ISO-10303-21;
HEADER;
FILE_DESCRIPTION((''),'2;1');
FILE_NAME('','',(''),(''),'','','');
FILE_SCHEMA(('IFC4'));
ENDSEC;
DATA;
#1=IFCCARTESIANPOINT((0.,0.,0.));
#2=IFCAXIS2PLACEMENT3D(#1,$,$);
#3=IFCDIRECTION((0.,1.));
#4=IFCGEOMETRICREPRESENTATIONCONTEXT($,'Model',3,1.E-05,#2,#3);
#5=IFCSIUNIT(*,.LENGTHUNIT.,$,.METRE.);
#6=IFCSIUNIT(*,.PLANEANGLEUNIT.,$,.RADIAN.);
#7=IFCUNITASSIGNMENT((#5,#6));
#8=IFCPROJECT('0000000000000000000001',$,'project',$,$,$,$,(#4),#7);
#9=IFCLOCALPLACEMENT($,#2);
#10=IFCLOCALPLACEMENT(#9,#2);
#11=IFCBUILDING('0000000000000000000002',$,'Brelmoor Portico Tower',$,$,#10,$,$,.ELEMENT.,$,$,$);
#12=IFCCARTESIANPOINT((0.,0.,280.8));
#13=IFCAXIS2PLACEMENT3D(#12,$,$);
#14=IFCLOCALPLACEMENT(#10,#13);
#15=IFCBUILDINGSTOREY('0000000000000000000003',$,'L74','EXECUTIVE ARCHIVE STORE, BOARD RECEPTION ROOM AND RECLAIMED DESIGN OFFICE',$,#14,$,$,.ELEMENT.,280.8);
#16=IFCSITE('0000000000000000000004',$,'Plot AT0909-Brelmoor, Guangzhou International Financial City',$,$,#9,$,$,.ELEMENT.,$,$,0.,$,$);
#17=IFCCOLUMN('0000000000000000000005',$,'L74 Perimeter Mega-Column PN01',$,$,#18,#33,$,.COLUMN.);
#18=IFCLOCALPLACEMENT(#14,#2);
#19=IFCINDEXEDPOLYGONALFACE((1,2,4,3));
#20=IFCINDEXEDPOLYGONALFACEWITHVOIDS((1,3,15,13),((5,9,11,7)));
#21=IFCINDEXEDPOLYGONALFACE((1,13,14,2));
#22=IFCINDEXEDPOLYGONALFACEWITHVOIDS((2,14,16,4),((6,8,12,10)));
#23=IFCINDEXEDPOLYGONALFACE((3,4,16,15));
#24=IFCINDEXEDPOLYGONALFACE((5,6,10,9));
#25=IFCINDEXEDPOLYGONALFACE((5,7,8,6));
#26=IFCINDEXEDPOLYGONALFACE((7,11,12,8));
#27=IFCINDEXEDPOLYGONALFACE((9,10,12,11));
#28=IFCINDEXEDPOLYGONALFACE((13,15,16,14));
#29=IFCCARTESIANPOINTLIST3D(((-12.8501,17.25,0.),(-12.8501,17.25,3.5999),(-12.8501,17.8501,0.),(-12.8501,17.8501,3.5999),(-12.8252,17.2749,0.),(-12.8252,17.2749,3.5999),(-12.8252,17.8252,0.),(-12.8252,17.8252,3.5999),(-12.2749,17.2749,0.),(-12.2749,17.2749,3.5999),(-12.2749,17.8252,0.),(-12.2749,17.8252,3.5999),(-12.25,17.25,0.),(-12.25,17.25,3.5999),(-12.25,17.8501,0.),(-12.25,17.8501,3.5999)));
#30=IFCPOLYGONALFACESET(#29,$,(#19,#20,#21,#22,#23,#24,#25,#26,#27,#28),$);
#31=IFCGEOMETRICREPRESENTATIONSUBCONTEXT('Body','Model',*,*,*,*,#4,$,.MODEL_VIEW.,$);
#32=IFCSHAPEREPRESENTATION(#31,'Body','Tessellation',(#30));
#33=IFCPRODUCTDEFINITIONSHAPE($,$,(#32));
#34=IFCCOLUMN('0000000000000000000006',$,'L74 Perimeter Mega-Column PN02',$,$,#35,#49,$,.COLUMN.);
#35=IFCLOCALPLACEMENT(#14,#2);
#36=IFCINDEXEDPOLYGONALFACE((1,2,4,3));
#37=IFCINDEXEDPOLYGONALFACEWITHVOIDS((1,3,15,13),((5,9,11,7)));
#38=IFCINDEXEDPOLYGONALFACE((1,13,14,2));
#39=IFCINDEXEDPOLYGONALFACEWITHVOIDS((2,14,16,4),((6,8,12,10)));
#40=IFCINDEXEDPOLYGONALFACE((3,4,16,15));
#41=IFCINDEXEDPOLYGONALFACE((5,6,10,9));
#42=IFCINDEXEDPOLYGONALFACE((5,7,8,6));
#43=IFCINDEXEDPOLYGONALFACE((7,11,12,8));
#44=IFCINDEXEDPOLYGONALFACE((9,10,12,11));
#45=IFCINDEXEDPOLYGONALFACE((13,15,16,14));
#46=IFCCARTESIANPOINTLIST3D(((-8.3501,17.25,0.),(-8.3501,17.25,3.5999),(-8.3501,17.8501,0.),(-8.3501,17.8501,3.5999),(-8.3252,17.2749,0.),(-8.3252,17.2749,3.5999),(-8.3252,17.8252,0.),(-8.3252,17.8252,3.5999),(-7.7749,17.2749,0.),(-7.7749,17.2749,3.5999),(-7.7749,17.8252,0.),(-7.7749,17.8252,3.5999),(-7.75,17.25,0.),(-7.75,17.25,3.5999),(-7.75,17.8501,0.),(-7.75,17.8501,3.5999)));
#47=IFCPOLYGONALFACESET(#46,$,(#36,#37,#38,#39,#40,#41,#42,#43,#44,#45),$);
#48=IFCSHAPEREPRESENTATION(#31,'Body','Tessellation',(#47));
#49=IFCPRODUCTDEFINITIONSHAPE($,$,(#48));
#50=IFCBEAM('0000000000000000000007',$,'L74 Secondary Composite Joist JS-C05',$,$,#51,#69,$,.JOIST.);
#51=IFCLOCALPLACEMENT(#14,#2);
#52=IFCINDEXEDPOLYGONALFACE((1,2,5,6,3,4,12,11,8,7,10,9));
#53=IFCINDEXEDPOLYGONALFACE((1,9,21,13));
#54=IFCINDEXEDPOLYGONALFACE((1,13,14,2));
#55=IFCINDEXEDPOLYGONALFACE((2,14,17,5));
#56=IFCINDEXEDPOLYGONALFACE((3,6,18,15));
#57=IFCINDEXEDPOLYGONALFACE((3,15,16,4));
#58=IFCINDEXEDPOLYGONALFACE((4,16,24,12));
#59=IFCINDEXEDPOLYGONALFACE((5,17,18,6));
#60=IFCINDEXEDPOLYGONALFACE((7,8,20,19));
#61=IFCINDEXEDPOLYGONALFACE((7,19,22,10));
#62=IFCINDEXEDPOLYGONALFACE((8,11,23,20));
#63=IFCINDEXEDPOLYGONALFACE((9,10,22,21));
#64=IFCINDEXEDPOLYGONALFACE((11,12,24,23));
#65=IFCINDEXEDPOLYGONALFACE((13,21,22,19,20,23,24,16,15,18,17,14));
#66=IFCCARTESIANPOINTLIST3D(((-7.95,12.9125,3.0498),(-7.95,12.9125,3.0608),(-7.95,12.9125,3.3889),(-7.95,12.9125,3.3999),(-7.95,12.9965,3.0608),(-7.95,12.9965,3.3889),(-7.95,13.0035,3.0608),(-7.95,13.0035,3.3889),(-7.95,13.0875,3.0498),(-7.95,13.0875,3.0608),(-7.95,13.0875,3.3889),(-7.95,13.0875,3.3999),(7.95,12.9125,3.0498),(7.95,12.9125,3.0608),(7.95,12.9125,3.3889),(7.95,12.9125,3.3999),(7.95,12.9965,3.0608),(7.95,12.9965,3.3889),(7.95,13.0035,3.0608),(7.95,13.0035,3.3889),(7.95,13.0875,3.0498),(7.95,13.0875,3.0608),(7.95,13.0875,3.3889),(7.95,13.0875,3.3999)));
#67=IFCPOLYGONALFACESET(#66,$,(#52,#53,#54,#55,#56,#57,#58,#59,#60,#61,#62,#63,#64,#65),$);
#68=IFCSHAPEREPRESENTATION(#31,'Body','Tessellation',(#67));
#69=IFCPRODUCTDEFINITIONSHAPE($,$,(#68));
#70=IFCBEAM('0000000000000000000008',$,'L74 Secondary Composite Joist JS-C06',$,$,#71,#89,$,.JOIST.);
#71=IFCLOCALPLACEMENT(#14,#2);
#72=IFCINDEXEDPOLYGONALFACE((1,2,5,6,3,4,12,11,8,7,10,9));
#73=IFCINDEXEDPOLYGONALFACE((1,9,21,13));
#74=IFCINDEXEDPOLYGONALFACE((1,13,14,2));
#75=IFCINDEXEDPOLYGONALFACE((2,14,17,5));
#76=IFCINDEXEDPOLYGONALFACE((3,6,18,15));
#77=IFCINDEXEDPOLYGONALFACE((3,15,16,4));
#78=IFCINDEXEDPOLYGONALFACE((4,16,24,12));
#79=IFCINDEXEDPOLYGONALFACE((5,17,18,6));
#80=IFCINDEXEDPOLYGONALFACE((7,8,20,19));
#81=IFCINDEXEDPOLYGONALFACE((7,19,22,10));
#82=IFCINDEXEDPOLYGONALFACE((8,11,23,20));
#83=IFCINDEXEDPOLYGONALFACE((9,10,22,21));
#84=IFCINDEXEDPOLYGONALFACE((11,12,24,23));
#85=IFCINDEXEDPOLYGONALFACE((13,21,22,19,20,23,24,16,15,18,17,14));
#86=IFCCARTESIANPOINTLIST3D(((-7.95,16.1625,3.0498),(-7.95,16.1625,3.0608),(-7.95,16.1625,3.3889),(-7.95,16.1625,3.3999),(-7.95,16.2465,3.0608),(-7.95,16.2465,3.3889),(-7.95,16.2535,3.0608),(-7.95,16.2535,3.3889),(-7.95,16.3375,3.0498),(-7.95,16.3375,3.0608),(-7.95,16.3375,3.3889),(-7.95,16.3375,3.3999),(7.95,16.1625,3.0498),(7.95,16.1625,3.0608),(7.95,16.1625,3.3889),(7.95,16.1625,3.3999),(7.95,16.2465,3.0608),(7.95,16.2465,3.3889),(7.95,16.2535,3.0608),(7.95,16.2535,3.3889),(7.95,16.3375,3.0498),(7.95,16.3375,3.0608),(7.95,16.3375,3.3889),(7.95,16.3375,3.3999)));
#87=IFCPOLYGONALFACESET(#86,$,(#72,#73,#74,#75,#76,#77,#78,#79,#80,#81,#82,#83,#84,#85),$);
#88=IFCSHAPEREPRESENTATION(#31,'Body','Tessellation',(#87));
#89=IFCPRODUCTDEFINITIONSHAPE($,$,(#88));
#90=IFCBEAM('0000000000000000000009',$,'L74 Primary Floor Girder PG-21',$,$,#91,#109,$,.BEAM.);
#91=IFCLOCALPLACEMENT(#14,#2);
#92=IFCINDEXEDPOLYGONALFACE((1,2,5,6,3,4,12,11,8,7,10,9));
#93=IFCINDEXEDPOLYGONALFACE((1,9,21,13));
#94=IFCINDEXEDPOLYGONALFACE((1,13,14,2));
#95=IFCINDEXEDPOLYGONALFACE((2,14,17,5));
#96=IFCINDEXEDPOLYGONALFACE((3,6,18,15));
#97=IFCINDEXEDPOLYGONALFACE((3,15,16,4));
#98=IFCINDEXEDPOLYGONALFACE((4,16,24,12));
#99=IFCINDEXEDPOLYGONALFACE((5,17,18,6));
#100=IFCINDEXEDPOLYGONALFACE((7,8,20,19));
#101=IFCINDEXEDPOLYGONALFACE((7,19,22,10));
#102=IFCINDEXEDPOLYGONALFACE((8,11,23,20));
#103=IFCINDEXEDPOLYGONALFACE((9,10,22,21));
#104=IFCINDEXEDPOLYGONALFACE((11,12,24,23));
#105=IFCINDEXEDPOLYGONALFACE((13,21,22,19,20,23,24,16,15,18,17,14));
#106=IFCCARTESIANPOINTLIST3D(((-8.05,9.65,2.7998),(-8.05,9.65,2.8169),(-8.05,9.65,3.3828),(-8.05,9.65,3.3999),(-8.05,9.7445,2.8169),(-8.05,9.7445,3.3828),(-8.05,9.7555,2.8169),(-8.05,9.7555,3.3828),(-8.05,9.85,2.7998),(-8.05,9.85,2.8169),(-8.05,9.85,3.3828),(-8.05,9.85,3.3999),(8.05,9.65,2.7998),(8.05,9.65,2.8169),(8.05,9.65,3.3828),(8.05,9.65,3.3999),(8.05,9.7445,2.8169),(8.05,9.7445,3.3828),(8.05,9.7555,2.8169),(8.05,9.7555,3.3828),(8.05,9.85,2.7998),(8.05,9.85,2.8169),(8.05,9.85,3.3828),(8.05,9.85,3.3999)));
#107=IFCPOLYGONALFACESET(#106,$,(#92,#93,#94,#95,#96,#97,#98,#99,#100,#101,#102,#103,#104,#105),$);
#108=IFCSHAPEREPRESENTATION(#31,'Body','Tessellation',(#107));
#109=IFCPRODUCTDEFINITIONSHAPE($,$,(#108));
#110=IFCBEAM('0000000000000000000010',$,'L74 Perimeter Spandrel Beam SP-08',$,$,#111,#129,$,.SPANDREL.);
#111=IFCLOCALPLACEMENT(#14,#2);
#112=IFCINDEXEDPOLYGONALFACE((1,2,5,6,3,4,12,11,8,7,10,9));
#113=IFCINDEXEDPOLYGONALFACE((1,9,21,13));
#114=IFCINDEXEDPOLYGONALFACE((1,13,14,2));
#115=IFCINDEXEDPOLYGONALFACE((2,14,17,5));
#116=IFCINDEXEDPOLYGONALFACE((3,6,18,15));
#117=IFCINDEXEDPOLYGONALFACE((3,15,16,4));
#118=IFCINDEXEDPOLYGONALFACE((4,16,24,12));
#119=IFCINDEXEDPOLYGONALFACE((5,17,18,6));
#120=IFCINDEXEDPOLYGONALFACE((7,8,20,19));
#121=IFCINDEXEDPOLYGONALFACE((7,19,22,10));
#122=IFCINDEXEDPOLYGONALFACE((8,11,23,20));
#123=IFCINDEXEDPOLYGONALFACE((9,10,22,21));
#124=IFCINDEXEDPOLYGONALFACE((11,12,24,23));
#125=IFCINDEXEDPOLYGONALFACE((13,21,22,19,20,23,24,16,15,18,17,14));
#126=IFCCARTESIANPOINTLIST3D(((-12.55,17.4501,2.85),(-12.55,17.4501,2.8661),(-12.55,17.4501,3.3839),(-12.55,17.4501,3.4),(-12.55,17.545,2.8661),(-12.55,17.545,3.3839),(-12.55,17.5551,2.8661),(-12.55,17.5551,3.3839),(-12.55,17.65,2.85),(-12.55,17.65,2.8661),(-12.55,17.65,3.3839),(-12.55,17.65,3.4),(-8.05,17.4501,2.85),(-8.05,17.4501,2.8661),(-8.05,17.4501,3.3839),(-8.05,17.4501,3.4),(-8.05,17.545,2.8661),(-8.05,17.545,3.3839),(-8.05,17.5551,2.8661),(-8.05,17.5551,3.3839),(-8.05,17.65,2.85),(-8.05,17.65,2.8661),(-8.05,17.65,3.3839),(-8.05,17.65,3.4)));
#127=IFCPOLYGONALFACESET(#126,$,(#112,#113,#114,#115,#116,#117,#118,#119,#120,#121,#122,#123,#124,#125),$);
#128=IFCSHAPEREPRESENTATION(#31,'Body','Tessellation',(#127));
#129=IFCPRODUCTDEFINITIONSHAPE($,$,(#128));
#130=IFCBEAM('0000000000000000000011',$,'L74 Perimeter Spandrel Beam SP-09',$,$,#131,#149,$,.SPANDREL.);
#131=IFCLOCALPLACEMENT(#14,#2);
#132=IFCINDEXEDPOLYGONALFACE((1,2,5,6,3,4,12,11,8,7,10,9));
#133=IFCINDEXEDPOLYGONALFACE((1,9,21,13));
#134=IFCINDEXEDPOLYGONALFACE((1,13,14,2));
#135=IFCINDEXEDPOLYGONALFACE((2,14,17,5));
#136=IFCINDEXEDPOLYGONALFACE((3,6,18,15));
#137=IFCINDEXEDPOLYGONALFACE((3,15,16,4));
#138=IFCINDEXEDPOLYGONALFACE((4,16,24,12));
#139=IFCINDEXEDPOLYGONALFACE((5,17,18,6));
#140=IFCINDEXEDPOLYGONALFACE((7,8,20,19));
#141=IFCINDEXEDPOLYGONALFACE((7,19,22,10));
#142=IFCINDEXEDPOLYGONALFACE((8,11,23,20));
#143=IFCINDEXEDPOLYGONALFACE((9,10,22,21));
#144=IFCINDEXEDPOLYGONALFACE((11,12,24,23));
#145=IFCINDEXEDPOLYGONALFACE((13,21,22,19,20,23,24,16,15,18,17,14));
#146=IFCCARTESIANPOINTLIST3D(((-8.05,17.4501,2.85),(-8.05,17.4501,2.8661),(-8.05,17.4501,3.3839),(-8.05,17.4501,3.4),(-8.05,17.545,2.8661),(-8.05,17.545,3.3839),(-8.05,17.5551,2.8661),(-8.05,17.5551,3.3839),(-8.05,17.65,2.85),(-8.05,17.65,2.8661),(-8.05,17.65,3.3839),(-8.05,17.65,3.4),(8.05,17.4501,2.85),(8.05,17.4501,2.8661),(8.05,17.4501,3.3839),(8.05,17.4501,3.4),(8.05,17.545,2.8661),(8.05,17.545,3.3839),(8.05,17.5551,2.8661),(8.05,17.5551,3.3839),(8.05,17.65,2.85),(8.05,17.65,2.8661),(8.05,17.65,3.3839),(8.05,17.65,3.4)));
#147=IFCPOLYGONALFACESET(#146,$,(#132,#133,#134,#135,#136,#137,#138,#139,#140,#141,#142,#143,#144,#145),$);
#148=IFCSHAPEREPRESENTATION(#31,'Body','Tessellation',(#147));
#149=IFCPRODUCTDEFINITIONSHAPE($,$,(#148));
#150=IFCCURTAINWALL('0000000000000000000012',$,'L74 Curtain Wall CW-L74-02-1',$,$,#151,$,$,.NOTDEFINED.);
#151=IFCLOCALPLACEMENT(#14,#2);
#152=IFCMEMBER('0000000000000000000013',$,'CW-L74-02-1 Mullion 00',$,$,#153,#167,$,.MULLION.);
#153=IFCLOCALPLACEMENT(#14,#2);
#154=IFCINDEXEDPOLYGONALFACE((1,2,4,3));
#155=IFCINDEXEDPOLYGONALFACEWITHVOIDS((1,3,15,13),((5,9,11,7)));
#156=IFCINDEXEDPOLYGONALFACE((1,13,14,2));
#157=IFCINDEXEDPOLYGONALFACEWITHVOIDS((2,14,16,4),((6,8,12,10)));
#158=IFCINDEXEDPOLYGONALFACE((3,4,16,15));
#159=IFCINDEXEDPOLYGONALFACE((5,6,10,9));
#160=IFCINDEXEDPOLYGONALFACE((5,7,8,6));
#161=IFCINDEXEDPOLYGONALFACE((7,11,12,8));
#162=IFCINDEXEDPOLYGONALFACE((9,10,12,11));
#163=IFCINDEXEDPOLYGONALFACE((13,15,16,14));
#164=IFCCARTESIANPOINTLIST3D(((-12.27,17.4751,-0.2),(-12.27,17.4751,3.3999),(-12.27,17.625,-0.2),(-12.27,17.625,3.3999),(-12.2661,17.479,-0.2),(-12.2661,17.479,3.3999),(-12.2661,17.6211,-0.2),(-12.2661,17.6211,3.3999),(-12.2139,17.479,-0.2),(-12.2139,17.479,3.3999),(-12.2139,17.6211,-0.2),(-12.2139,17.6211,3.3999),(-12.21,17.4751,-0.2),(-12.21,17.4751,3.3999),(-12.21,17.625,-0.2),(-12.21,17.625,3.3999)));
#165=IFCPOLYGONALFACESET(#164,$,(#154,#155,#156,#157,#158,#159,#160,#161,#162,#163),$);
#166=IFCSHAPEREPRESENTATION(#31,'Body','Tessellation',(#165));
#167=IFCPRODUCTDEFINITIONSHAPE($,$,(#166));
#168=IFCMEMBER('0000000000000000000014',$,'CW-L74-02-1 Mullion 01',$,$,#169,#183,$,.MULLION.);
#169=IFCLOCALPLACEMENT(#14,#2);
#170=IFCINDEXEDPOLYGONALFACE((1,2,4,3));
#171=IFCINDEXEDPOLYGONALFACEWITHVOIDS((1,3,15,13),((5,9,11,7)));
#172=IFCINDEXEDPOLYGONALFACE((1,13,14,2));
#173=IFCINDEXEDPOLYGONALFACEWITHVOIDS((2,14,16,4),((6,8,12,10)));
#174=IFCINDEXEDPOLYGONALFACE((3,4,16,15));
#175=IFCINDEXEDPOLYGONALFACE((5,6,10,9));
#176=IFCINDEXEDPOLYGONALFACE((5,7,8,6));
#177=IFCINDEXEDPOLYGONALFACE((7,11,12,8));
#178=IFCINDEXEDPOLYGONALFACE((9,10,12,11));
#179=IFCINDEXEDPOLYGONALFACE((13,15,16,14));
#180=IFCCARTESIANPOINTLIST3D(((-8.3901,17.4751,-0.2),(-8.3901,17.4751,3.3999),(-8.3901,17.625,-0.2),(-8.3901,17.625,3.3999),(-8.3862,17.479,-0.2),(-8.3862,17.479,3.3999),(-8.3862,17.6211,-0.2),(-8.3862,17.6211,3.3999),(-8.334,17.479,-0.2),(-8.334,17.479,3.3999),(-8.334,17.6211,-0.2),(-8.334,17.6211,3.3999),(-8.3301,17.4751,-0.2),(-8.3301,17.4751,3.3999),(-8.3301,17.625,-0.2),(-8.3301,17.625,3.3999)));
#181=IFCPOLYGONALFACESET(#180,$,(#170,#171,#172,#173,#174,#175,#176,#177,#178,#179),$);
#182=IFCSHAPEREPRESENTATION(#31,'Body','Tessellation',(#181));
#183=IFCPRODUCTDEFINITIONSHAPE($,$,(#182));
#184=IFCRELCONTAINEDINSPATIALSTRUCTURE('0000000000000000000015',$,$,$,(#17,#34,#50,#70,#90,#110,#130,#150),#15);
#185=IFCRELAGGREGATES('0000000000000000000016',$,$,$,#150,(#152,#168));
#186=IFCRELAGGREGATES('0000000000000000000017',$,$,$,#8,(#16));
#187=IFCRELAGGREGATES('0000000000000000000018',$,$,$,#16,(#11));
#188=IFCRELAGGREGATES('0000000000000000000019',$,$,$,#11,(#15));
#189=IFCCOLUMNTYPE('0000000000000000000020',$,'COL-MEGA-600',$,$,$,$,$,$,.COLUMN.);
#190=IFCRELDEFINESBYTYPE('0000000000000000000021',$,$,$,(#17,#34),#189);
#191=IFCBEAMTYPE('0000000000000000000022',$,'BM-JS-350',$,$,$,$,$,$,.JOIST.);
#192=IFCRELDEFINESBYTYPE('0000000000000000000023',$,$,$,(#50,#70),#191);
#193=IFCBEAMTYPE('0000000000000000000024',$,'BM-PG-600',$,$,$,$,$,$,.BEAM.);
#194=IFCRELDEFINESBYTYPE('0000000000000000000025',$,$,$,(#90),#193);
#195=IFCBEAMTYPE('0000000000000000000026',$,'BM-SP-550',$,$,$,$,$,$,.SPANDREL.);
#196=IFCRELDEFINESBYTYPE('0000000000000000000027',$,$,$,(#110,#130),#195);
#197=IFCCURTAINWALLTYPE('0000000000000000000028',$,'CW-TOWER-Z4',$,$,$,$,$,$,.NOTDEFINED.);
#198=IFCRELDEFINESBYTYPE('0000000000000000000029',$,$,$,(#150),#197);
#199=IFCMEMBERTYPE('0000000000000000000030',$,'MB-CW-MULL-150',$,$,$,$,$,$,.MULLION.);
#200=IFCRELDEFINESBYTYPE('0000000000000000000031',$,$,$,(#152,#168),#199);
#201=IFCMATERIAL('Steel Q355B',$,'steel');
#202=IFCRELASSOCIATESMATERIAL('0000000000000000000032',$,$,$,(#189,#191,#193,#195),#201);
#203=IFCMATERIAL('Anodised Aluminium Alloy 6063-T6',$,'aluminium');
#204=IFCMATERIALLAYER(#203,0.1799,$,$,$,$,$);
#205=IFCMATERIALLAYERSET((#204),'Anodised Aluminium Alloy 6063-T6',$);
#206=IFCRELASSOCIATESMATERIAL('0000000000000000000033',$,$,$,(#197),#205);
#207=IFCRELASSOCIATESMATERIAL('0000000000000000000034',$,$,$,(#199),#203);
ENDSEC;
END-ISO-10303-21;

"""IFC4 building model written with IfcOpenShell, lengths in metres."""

from ifc_helpers import new_model, si_unit, direction, frame, origin, origin_2d, place, context, subcontext, project, spatial, hollow_rectangle, i_section, extrude, material, layer, layer_set, material_profile, profile_set, type_object, element, aggregate, save


model = new_model("IFC4")

# Units and contexts
model_context = context("Model", 3, precision=1e-05, world=origin(), true_north=direction((0.0, 1.0)))
body_context = subcontext(model_context, "Body", "Model", "MODEL_VIEW")
ifc_project = project(units=[si_unit("LENGTHUNIT", "METRE"), si_unit("PLANEANGLEUNIT", "RADIAN")], contexts=[model_context])

# Site, building, storey
site_placement = place(None, origin())
site = spatial("IfcSite", under=ifc_project, at=site_placement, Name="Plot AT0909-Brelmoor, Guangzhou International Financial City", CompositionType="ELEMENT", RefElevation=0.0)
building_placement = place(site_placement, origin())
building = spatial("IfcBuilding", under=site, at=building_placement, Name="Brelmoor Portico Tower", CompositionType="ELEMENT")
storey_placement = place(building_placement, frame((0.0, 0.0, 280.8)))
storey = spatial("IfcBuildingStorey", under=building, at=storey_placement, Name="L74", Description="EXECUTIVE ARCHIVE STORE, BOARD RECEPTION ROOM AND RECLAIMED DESIGN OFFICE", CompositionType="ELEMENT", Elevation=280.8)

# Columns
ifc_material_1 = material(Name="Steel Q355B", Category="steel")
ifc_material_profile_1 = material_profile(ifc_material_1, hollow_rectangle(XDim=0.6001, YDim=0.6001, WallThickness=0.0249, at=origin_2d()), Name="BOX 600x600x25")
ifc_profile_set_1 = profile_set([ifc_material_profile_1], Name="Steel Q355B")
column_type = type_object("IfcColumnType", Name="COL-MEGA-600", PredefinedType="COLUMN", material=ifc_profile_set_1)
for number, where, z_axis, x_axis, name in (
    (1, (-12.55, 17.55, 0.0), (0.0, 0.0, 1.0), (1.0, 0.0, 0.0), "L74 Perimeter Mega-Column PN01"),
    (2, (-8.05, 17.55, 0.0), (0.0, 0.0, 1.0), (1.0, 0.0, 0.0), "L74 Perimeter Mega-Column PN02"),
):
    element("IfcColumn", number, at=place(storey_placement, frame(where, z_axis=z_axis, x_axis=x_axis)), inside=storey, type_object=column_type, Name=name, PredefinedType="COLUMN", context=body_context, shape_type="SweptSolid", body=[
        extrude(hollow_rectangle(XDim=0.6001, YDim=0.6001, WallThickness=0.0249, at=origin_2d()), origin(), (0.0, 0.0, 1.0), 3.5999),
    ])

# Beams
ifc_material_profile_2 = material_profile(ifc_material_1, i_section(OverallWidth=0.175, OverallDepth=0.3501, WebThickness=0.0071, FlangeThickness=0.011, at=origin_2d()), Name="HN 350x175x7x11")
ifc_profile_set_2 = profile_set([ifc_material_profile_2], Name="Steel Q355B")
beam_type_1 = type_object("IfcBeamType", Name="BM-JS-350", PredefinedType="JOIST", material=ifc_profile_set_2)
for number, where, z_axis, x_axis, name in (
    (3, (-7.95, 13.0, 3.2249), (1.0, 0.0, 0.0), (0.0, 1.0, 0.0), "L74 Secondary Composite Joist JS-C05"),
    (4, (-7.95, 16.25, 3.2249), (1.0, 0.0, 0.0), (0.0, 1.0, 0.0), "L74 Secondary Composite Joist JS-C06"),
):
    element("IfcBeam", number, at=place(storey_placement, frame(where, z_axis=z_axis, x_axis=x_axis)), inside=storey, type_object=beam_type_1, Name=name, PredefinedType="JOIST", context=body_context, shape_type="SweptSolid", body=[
        extrude(i_section(OverallWidth=0.175, OverallDepth=0.3501, WebThickness=0.0071, FlangeThickness=0.011, at=origin_2d()), origin(), (0.0, 0.0, 1.0), 15.8999),
    ])
ifc_material_profile_3 = material_profile(ifc_material_1, i_section(OverallWidth=0.2, OverallDepth=0.6001, WebThickness=0.011, FlangeThickness=0.0171, at=origin_2d()), Name="HN 600x200x11x17")
ifc_profile_set_3 = profile_set([ifc_material_profile_3], Name="Steel Q355B")
beam_type_2 = type_object("IfcBeamType", Name="BM-PG-600", PredefinedType="BEAM", material=ifc_profile_set_3)
beam_1_placement = place(storey_placement, frame((-8.05, 9.75, 3.0999), z_axis=(1.0, 0.0, 0.0), x_axis=(0.0, 1.0, 0.0)))
element("IfcBeam", 5, at=beam_1_placement, inside=storey, type_object=beam_type_2, Name="L74 Primary Floor Girder PG-21", PredefinedType="BEAM", context=body_context, shape_type="SweptSolid", body=[
    extrude(i_section(OverallWidth=0.2, OverallDepth=0.6001, WebThickness=0.011, FlangeThickness=0.0171, at=origin_2d()), origin(), (0.0, 0.0, 1.0), 16.1001),
])
ifc_material_profile_4 = material_profile(ifc_material_1, i_section(OverallWidth=0.2, OverallDepth=0.55, WebThickness=0.01, FlangeThickness=0.0161, at=origin_2d()), Name="HN 550x200x10x16")
ifc_profile_set_4 = profile_set([ifc_material_profile_4], Name="Steel Q355B")
beam_type_3 = type_object("IfcBeamType", Name="BM-SP-550", PredefinedType="SPANDREL", material=ifc_profile_set_4)
beam_2_placement = place(storey_placement, frame((-12.55, 17.55, 3.125), z_axis=(1.0, 0.0, 0.0), x_axis=(0.0, 1.0, 0.0)))
element("IfcBeam", 6, at=beam_2_placement, inside=storey, type_object=beam_type_3, Name="L74 Perimeter Spandrel Beam SP-08", PredefinedType="SPANDREL", context=body_context, shape_type="SweptSolid", body=[
    extrude(i_section(OverallWidth=0.2, OverallDepth=0.55, WebThickness=0.01, FlangeThickness=0.0161, at=origin_2d()), origin(), (0.0, 0.0, 1.0), 4.5),
])
beam_3_placement = place(storey_placement, frame((-8.05, 17.55, 3.125), z_axis=(1.0, 0.0, 0.0), x_axis=(0.0, 1.0, 0.0)))
element("IfcBeam", 7, at=beam_3_placement, inside=storey, type_object=beam_type_3, Name="L74 Perimeter Spandrel Beam SP-09", PredefinedType="SPANDREL", context=body_context, shape_type="SweptSolid", body=[
    extrude(i_section(OverallWidth=0.2, OverallDepth=0.55, WebThickness=0.01, FlangeThickness=0.0161, at=origin_2d()), origin(), (0.0, 0.0, 1.0), 16.1001),
])

# Curtain wall, members
ifc_material_2 = material(Name="Anodised Aluminium Alloy 6063-T6", Category="aluminium")
ifc_layer_1 = layer(ifc_material_2, 0.1799)
ifc_layer_set_1 = layer_set([ifc_layer_1], Name="Anodised Aluminium Alloy 6063-T6")
curtain_wall_type_1 = type_object("IfcCurtainWallType", Name="CW-TOWER-Z4", PredefinedType="NOTDEFINED", material=ifc_layer_set_1)
curtain_wall_1_placement = place(storey_placement, origin())
curtain_wall_1 = element("IfcCurtainWall", 8, at=curtain_wall_1_placement, inside=storey, type_object=curtain_wall_type_1, Name="L74 Curtain Wall CW-L74-02-1", PredefinedType="NOTDEFINED")
ifc_material_profile_5 = material_profile(ifc_material_2, hollow_rectangle(XDim=0.0601, YDim=0.1499, WallThickness=0.0039, at=origin_2d()), Name="ALU MULLION 60x150")
ifc_profile_set_5 = profile_set([ifc_material_profile_5], Name="Anodised Aluminium Alloy 6063-T6")
member_type_1 = type_object("IfcMemberType", Name="MB-CW-MULL-150", PredefinedType="MULLION", material=ifc_profile_set_5)
member_1_placement = place(storey_placement, frame((-12.24, 17.55, -0.2), z_axis=(0.0, 0.0, 1.0), x_axis=(1.0, 0.0, 0.0)))
member_1 = element("IfcMember", 9, at=member_1_placement, type_object=member_type_1, Name="CW-L74-02-1 Mullion 00", PredefinedType="MULLION", context=body_context, shape_type="SweptSolid", body=[
    extrude(hollow_rectangle(XDim=0.0601, YDim=0.1499, WallThickness=0.0039, at=origin_2d()), origin(), (0.0, 0.0, 1.0), 3.5999),
])
member_2_placement = place(storey_placement, frame((-8.3601, 17.55, -0.2), z_axis=(0.0, 0.0, 1.0), x_axis=(1.0, 0.0, 0.0)))
member_2 = element("IfcMember", 10, at=member_2_placement, type_object=member_type_1, Name="CW-L74-02-1 Mullion 01", PredefinedType="MULLION", context=body_context, shape_type="SweptSolid", body=[
    extrude(hollow_rectangle(XDim=0.0601, YDim=0.1499, WallThickness=0.0039, at=origin_2d()), origin(), (0.0, 0.0, 1.0), 3.5999),
])

aggregate(curtain_wall_1, [member_1, member_2])

save(model, "model.ifc")
